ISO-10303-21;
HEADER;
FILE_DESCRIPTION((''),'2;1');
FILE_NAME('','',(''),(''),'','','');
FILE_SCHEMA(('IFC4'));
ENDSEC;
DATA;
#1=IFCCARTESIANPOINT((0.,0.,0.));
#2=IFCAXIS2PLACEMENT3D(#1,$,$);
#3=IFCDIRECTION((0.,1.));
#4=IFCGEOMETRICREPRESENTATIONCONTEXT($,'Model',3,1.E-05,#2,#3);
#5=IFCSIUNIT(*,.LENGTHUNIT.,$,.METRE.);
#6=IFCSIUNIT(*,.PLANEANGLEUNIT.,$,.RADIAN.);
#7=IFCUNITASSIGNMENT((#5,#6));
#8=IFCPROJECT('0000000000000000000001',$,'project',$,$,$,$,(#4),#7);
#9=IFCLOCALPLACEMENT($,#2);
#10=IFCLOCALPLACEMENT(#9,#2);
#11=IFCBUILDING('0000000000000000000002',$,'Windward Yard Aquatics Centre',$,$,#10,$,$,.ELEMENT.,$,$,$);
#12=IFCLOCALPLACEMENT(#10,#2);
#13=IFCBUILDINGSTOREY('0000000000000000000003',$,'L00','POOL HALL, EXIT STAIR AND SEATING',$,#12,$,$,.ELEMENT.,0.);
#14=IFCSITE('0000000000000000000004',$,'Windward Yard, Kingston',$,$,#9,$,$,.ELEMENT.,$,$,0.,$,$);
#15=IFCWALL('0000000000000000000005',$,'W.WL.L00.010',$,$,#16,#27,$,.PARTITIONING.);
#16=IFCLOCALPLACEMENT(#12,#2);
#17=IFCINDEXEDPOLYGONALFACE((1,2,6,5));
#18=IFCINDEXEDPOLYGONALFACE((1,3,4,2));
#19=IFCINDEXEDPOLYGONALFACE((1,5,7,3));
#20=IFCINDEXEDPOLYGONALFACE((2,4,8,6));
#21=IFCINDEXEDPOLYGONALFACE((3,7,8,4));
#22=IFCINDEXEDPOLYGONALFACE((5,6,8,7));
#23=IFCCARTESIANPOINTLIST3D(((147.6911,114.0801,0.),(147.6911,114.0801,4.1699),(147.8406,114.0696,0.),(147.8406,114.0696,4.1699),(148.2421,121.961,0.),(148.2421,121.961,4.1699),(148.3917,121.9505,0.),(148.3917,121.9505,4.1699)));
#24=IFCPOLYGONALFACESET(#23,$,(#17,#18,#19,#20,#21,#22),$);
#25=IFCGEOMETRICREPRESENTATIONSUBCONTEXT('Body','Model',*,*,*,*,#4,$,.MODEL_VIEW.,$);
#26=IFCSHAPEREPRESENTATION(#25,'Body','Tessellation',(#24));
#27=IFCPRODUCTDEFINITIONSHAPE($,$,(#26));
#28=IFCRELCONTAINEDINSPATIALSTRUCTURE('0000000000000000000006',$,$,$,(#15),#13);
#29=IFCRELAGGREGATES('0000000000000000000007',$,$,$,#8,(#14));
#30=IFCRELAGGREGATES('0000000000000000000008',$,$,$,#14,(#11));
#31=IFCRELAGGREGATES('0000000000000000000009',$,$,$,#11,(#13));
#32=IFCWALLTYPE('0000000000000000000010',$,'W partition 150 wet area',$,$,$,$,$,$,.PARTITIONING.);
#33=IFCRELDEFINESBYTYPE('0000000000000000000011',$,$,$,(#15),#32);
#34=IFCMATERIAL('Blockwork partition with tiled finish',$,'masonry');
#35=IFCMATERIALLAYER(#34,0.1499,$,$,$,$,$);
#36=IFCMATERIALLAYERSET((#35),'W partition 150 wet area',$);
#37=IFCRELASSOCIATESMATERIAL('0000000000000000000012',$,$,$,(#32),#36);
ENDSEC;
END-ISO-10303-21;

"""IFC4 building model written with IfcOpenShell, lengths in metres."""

from ifc_helpers import new_model, si_unit, direction, frame, frame_2d, origin, place, context, subcontext, project, spatial, rectangle, extrude, material, layer, layer_set, type_object, element, save


model = new_model("IFC4")

# Units and contexts
model_context = context("Model", 3, precision=1e-05, world=origin(), true_north=direction((0.0, 1.0)))
body_context = subcontext(model_context, "Body", "Model", "MODEL_VIEW")
ifc_project = project(units=[si_unit("LENGTHUNIT", "METRE"), si_unit("PLANEANGLEUNIT", "RADIAN")], contexts=[model_context])

# Site, building, storey
site_placement = place(None, origin())
site = spatial("IfcSite", under=ifc_project, at=site_placement, Name="Windward Yard, Kingston", CompositionType="ELEMENT", RefElevation=0.0)
building_placement = place(site_placement, origin())
building = spatial("IfcBuilding", under=site, at=building_placement, Name="Windward Yard Aquatics Centre", CompositionType="ELEMENT")
storey_placement = place(building_placement, origin())
storey = spatial("IfcBuildingStorey", under=building, at=storey_placement, Name="L00", Description="POOL HALL, EXIT STAIR AND SEATING", CompositionType="ELEMENT", Elevation=0.0)

# Wall
ifc_material_1 = material(Name="Blockwork partition with tiled finish", Category="masonry")
ifc_layer_1 = layer(ifc_material_1, 0.1499)
ifc_layer_set_1 = layer_set([ifc_layer_1], Name="W partition 150 wet area")
wall_type = type_object("IfcWallType", Name="W partition 150 wet area", PredefinedType="PARTITIONING", material=ifc_layer_set_1)
wall_placement = place(storey_placement, frame((147.7659, 114.0747, 0.0), z_axis=(0.0, 0.0, 1.0), x_axis=(0.069749, 0.997565, 0.0)))
element("IfcWall", 1, at=wall_placement, inside=storey, type_object=wall_type, Name="W.WL.L00.010", PredefinedType="PARTITIONING", context=body_context, shape_type="SweptSolid", body=[
    extrude(rectangle(XDim=7.9001, YDim=0.1499, at=frame_2d((3.9502, 0.0))), origin(), (0.0, 0.0, 1.0), 4.1699),
])

save(model, "model.ifc")
